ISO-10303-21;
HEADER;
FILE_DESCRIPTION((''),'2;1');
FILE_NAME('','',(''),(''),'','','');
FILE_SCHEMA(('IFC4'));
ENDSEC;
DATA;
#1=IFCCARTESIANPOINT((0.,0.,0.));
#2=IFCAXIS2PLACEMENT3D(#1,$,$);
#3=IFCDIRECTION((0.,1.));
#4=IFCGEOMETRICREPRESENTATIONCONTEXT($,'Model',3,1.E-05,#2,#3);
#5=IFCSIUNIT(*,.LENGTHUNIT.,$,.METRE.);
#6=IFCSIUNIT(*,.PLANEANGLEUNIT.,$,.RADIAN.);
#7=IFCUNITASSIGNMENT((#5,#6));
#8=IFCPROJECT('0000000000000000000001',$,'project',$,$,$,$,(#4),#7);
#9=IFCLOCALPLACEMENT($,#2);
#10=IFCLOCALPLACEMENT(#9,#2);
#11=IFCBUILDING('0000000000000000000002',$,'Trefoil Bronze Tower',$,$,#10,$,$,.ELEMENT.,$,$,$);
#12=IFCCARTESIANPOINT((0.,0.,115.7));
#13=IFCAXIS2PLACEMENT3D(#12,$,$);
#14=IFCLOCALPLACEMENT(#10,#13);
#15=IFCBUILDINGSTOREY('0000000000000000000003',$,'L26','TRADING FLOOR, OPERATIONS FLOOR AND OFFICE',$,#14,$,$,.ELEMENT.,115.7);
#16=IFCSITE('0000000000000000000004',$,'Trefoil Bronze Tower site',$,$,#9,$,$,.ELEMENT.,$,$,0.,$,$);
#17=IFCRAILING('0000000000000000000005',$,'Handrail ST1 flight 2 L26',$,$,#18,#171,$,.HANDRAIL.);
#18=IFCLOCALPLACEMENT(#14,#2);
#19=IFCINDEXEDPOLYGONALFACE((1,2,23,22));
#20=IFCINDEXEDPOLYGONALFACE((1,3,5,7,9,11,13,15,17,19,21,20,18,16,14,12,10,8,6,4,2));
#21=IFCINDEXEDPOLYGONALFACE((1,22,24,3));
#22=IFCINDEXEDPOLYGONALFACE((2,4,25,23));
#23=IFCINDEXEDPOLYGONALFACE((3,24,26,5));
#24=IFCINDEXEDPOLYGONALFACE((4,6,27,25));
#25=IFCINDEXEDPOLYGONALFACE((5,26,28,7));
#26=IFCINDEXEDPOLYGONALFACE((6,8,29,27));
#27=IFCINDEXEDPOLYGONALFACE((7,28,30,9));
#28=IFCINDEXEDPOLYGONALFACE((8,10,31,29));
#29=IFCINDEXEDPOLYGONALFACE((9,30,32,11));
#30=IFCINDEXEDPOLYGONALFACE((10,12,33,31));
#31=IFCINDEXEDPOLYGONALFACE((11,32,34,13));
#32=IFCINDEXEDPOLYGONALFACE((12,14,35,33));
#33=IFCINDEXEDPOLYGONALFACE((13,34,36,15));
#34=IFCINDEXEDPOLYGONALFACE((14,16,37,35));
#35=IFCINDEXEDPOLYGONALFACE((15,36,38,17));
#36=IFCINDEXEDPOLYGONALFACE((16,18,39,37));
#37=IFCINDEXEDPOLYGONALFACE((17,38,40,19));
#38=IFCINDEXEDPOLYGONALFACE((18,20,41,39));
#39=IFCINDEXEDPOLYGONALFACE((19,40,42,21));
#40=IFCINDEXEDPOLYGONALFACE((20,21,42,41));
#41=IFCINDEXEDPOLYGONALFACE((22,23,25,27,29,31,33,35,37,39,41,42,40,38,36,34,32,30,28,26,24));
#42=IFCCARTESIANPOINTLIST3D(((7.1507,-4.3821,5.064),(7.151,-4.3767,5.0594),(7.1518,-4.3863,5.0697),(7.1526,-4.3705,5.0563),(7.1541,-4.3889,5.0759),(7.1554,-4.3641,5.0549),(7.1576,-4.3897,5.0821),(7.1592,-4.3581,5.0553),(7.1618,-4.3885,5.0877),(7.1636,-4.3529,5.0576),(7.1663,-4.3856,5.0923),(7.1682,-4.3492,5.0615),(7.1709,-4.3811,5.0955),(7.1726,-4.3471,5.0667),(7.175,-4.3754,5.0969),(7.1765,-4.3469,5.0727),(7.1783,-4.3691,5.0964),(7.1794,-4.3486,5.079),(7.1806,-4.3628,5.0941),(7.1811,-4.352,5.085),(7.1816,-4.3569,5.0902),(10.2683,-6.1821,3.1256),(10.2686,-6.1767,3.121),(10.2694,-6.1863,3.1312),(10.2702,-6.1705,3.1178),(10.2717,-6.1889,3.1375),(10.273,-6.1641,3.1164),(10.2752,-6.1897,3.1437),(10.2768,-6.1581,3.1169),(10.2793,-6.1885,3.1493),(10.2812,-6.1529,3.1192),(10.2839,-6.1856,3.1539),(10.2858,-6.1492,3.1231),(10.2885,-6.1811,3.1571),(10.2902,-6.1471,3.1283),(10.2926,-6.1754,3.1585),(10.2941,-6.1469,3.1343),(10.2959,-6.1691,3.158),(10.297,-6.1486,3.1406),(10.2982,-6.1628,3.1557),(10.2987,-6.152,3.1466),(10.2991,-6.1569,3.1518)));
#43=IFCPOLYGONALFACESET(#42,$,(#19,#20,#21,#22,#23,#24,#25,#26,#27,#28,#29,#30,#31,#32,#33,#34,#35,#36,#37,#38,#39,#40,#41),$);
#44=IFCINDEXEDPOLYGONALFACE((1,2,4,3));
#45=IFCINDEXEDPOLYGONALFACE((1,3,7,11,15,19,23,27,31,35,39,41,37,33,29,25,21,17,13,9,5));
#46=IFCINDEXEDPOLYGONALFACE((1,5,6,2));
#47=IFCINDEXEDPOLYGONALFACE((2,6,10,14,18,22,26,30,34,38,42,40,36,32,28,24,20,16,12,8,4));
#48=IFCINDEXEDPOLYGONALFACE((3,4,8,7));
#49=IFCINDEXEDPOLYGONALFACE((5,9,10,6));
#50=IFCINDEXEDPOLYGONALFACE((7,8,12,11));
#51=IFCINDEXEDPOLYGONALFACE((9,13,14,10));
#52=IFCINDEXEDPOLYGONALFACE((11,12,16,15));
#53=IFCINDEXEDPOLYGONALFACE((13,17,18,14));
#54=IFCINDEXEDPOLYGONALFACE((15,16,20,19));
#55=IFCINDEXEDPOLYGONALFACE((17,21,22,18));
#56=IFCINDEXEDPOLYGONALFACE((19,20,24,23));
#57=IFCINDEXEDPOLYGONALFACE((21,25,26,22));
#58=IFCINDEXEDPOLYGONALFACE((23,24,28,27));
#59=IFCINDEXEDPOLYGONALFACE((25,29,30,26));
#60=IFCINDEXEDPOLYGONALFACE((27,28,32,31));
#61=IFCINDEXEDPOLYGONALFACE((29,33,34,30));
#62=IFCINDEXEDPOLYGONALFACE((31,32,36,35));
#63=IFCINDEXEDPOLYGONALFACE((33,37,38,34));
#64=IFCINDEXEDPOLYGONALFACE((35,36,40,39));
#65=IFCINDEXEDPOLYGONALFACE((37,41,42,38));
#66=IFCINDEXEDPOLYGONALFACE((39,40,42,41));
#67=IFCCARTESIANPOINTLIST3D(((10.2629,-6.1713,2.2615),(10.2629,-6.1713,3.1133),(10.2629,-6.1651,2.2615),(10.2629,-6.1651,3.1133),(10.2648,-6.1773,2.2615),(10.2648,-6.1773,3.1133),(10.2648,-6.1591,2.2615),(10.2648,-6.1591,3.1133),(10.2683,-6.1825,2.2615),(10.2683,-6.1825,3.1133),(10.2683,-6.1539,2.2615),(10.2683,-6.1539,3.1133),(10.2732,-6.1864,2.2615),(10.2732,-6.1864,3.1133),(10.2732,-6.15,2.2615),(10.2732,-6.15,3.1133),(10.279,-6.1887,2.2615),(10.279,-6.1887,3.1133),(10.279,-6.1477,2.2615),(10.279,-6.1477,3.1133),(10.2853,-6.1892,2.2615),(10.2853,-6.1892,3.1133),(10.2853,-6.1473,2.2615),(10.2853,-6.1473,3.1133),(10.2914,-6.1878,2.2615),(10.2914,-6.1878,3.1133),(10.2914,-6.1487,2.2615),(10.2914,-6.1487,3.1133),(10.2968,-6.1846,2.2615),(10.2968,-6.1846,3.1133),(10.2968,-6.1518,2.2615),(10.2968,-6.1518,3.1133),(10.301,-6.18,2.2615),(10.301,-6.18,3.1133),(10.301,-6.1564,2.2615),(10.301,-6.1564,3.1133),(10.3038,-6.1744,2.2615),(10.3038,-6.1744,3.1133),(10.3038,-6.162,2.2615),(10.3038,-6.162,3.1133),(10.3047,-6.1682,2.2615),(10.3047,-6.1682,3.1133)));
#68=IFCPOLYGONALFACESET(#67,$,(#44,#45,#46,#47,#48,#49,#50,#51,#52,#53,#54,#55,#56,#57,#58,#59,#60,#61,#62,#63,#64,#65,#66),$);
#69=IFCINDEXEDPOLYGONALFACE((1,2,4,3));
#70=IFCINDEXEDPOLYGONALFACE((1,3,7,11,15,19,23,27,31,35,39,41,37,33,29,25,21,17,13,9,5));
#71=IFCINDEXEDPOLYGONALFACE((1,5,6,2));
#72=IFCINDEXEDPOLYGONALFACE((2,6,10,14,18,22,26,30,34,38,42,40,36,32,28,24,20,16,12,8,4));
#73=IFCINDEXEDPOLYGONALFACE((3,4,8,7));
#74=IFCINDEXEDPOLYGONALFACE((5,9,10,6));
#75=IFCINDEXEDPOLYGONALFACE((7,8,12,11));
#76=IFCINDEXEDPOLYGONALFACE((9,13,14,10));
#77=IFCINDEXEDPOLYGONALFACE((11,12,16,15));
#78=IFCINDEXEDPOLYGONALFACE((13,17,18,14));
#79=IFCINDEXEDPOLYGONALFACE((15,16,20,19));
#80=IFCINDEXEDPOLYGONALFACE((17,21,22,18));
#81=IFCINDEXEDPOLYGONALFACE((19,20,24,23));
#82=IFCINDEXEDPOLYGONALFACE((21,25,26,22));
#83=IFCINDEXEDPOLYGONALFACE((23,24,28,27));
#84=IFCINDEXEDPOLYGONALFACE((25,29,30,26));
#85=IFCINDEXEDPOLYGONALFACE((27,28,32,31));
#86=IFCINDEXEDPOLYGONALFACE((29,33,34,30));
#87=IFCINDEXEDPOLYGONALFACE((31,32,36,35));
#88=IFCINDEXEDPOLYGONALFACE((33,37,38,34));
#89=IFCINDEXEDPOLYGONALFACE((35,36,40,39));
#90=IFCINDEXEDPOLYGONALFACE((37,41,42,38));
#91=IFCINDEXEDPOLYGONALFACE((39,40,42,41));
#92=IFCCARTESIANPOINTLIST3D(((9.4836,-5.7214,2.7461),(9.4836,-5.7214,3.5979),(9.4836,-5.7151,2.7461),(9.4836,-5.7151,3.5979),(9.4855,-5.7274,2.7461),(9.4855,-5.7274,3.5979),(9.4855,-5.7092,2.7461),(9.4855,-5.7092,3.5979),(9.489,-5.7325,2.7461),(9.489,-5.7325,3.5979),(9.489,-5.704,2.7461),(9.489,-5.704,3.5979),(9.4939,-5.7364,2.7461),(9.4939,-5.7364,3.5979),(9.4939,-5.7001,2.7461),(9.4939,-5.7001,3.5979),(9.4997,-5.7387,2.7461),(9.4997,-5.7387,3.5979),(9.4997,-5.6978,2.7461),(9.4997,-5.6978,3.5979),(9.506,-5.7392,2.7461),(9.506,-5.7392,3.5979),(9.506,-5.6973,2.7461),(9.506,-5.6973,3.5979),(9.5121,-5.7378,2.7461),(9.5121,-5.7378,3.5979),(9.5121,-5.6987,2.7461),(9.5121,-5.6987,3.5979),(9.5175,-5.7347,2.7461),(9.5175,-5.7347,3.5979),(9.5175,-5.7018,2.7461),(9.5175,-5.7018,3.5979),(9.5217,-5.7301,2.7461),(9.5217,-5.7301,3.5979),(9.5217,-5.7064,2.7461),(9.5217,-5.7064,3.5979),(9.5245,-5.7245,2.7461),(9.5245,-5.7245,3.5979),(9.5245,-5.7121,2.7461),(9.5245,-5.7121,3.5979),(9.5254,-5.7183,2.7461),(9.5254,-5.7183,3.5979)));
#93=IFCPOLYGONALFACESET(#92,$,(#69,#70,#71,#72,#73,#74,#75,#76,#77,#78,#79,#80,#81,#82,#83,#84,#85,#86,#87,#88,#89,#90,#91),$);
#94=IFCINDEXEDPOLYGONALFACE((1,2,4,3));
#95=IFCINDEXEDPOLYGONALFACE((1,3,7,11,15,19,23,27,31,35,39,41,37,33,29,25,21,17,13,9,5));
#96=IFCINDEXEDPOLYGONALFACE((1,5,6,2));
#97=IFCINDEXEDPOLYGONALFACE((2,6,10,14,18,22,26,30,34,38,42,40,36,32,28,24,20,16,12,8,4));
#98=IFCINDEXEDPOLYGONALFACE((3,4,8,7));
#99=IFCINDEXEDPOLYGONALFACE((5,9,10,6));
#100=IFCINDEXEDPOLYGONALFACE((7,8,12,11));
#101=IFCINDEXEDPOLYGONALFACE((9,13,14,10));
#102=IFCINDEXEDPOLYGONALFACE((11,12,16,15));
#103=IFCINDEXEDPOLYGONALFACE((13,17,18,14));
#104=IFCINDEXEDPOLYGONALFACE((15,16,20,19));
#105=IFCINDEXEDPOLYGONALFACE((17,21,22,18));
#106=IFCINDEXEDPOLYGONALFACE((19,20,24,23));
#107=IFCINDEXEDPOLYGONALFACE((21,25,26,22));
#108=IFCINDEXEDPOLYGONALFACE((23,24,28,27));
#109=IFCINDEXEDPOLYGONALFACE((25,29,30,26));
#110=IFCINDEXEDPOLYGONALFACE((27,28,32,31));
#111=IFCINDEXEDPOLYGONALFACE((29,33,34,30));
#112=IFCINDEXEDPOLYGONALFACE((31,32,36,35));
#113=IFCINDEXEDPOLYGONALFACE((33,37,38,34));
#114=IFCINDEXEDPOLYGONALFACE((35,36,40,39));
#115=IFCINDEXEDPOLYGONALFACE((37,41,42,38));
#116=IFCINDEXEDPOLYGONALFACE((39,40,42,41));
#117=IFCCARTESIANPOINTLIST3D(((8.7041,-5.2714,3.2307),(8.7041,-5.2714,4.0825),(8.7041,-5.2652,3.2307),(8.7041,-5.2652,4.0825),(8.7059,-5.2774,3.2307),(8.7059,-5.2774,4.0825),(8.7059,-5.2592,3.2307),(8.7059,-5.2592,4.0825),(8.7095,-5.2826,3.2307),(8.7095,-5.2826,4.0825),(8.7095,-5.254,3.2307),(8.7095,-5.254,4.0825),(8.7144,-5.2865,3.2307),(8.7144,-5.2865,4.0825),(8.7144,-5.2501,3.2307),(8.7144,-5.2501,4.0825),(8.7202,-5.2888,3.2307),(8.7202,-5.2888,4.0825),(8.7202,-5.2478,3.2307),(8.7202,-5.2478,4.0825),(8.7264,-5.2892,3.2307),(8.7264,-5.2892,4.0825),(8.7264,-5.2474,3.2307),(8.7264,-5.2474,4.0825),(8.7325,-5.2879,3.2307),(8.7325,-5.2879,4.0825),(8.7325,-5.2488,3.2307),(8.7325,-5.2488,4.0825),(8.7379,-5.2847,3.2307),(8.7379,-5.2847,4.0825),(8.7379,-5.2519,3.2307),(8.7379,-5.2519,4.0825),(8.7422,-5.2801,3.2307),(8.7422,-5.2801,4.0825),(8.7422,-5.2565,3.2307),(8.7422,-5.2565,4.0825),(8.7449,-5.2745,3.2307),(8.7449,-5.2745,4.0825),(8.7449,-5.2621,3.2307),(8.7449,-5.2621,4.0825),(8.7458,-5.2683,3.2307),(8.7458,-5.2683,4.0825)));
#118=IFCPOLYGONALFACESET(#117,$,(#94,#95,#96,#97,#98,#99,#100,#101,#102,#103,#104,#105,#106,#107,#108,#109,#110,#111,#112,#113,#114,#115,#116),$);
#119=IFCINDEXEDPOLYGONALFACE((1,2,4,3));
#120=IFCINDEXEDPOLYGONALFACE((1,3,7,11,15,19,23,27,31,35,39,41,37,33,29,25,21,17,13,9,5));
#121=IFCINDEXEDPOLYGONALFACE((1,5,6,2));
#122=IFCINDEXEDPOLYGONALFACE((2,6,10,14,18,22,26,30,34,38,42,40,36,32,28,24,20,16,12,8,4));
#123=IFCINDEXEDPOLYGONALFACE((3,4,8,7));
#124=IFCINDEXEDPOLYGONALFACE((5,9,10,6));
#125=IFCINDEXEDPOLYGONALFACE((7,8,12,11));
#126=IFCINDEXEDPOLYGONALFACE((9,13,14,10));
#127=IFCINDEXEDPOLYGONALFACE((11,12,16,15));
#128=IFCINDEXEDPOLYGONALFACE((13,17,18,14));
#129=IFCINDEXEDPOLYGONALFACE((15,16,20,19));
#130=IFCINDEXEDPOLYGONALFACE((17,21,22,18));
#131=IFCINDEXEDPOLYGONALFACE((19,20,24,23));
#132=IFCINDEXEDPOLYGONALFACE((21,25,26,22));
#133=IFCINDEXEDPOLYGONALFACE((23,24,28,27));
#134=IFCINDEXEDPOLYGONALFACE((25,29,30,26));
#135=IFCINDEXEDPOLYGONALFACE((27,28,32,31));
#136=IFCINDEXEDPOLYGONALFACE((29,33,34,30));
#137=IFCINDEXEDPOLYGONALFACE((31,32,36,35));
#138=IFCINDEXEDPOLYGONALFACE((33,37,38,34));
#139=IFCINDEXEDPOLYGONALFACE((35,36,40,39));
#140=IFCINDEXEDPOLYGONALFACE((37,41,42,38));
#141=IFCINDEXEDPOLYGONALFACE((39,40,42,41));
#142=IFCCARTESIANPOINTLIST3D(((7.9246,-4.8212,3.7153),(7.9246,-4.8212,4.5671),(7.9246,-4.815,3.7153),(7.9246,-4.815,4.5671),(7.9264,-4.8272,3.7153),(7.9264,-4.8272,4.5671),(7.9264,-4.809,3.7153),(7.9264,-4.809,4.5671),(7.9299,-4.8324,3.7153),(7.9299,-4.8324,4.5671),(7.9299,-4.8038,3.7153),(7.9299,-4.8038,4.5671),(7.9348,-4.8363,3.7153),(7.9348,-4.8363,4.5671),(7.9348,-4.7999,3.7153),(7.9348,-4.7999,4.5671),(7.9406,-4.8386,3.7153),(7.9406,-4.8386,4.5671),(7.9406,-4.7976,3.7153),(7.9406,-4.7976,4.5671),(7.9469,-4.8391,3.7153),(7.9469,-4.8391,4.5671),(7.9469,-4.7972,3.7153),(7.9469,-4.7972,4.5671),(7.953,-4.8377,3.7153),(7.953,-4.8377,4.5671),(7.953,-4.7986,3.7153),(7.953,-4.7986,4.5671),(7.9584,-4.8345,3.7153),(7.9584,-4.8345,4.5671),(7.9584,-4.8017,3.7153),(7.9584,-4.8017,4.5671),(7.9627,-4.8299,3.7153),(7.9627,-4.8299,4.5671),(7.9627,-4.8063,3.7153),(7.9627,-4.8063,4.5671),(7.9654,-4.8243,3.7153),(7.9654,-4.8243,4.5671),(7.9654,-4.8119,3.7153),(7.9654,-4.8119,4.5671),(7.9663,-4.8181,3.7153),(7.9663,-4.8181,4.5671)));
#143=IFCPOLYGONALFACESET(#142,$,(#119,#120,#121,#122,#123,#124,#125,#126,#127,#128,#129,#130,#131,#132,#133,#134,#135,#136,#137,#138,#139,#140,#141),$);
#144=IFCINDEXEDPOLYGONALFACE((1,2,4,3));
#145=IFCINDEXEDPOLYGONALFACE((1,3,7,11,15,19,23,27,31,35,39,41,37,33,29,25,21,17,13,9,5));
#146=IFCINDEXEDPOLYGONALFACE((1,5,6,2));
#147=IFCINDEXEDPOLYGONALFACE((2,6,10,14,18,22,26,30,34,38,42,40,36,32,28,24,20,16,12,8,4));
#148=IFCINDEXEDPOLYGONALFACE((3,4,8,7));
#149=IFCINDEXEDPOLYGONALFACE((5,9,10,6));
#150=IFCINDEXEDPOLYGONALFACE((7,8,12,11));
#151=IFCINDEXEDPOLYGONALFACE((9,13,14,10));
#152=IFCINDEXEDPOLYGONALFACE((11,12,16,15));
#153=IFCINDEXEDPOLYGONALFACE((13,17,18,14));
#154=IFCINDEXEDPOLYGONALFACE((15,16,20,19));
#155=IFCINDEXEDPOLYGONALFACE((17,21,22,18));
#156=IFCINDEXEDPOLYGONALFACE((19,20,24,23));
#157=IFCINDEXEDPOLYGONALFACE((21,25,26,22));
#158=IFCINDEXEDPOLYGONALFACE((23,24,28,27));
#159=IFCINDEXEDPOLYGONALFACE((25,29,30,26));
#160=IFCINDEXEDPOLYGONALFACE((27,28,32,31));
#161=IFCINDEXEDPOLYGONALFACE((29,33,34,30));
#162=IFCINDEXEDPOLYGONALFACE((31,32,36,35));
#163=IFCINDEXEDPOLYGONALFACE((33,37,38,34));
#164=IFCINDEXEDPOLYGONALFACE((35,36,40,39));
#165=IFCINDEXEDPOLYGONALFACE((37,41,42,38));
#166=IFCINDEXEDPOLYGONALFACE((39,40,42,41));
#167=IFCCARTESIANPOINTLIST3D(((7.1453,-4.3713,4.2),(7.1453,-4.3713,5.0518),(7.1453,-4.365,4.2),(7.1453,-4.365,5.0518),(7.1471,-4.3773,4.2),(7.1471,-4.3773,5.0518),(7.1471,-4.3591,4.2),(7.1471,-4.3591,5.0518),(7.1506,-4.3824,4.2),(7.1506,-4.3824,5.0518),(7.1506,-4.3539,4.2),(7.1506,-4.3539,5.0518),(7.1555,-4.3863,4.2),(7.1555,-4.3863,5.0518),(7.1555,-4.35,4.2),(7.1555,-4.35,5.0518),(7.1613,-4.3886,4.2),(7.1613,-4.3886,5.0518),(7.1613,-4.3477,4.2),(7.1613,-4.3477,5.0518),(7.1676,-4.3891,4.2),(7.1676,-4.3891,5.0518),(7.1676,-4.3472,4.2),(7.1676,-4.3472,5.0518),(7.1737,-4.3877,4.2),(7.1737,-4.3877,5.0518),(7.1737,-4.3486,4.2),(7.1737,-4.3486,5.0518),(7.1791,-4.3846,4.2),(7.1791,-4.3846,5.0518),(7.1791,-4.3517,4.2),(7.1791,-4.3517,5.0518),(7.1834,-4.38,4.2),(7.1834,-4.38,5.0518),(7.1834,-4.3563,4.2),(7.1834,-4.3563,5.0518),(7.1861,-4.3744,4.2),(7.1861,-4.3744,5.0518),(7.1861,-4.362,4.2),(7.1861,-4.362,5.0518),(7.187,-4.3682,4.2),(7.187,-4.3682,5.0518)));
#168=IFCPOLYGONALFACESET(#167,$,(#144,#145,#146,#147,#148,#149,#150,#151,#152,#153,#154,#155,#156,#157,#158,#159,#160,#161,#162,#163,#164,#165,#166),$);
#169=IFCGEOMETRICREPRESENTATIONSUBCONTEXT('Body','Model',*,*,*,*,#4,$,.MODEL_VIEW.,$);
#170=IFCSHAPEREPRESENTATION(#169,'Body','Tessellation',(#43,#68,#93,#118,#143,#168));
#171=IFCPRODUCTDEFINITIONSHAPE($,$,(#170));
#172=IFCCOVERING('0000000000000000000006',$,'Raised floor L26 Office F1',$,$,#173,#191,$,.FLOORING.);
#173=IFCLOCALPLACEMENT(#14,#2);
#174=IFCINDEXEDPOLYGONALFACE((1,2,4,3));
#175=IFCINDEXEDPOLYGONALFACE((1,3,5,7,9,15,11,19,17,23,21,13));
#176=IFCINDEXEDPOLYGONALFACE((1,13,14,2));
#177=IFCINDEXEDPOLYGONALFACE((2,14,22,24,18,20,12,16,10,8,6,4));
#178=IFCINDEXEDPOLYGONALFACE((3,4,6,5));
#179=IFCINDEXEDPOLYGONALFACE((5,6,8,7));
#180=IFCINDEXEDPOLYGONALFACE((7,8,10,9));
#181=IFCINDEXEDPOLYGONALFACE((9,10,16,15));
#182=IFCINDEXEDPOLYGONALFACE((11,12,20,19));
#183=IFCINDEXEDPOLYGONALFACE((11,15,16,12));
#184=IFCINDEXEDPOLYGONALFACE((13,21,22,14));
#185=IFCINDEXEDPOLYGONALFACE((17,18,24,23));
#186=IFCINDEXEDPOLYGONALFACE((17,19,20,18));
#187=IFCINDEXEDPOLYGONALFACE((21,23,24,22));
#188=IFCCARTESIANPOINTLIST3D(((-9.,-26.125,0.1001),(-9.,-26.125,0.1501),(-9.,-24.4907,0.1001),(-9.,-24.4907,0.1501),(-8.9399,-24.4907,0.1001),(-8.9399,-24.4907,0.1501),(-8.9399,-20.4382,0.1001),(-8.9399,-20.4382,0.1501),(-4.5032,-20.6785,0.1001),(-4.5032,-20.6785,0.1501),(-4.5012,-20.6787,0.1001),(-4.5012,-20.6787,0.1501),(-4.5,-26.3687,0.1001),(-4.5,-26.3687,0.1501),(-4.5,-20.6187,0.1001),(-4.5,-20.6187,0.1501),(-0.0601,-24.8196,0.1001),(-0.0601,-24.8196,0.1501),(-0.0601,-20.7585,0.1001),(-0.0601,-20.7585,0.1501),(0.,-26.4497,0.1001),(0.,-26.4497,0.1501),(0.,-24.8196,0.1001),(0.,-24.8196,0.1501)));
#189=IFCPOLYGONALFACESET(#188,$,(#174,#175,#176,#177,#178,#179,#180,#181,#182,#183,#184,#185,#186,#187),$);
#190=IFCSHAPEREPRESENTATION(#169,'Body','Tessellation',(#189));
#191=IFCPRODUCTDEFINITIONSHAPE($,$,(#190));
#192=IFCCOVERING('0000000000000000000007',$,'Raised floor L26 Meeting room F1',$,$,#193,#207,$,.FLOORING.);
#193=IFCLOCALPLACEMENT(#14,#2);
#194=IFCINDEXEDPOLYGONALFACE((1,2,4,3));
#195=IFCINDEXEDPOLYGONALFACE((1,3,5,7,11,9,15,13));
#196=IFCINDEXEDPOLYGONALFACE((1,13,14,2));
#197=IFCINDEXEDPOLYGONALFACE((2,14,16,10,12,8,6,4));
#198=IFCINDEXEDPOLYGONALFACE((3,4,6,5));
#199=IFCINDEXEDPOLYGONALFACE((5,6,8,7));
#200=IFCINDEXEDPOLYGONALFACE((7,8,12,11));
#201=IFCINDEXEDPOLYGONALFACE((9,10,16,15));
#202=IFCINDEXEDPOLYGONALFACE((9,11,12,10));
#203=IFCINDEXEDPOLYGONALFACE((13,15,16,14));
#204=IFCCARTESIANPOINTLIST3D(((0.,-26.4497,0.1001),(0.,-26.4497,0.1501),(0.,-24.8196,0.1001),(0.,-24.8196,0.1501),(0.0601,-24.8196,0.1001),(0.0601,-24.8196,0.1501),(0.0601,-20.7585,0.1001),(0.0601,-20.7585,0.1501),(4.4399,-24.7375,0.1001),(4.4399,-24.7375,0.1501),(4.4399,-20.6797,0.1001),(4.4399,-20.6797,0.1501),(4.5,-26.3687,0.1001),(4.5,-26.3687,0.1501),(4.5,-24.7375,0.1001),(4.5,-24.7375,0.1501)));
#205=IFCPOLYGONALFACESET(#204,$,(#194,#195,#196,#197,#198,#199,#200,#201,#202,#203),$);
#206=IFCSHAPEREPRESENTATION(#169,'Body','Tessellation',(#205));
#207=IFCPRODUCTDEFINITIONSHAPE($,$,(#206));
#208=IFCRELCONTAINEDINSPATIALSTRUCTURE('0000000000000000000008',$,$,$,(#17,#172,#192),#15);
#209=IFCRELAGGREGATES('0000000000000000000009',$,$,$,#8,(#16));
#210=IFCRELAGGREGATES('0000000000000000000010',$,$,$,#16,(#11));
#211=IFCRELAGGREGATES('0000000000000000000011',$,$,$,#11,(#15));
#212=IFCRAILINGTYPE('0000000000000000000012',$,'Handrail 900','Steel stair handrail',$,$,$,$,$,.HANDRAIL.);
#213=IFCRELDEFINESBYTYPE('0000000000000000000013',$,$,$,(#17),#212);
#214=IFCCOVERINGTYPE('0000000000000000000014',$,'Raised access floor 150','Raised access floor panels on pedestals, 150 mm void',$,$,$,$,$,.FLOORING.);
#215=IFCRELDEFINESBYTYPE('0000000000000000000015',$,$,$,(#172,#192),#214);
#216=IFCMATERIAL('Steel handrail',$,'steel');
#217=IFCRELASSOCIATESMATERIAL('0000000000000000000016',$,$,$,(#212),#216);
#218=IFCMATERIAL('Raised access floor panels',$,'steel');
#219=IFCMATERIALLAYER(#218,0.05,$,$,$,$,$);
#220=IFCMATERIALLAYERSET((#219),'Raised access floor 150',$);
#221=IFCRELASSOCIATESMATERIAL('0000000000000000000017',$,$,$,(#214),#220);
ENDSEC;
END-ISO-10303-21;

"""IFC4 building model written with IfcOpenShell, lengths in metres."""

from ifc_helpers import new_model, si_unit, direction, frame, origin, origin_2d, place, context, subcontext, project, spatial, polyline, circle, outline, extrude, material, layer, layer_set, type_object, element, save


model = new_model("IFC4")

# Units and contexts
model_context = context("Model", 3, precision=1e-05, world=origin(), true_north=direction((0.0, 1.0)))
body_context = subcontext(model_context, "Body", "Model", "MODEL_VIEW")
ifc_project = project(units=[si_unit("LENGTHUNIT", "METRE"), si_unit("PLANEANGLEUNIT", "RADIAN")], contexts=[model_context])

# Site, building, storey
site_placement = place(None, origin())
site = spatial("IfcSite", under=ifc_project, at=site_placement, Name="Trefoil Bronze Tower site", CompositionType="ELEMENT", RefElevation=0.0)
building_placement = place(site_placement, origin())
building = spatial("IfcBuilding", under=site, at=building_placement, Name="Trefoil Bronze Tower", CompositionType="ELEMENT")
storey_placement = place(building_placement, frame((0.0, 0.0, 115.7)))
storey = spatial("IfcBuildingStorey", under=building, at=storey_placement, Name="L26", Description="TRADING FLOOR, OPERATIONS FLOOR AND OFFICE", CompositionType="ELEMENT", Elevation=115.7)

# Railing
ifc_material_1 = material(Name="Steel handrail", Category="steel")
railing_type = type_object("IfcRailingType", Name="Handrail 900", Description="Steel stair handrail", PredefinedType="HANDRAIL", material=ifc_material_1)
railing_1_placement = place(storey_placement, frame((10.2837, -6.1682, 2.2615)))
element("IfcRailing", 1, at=railing_1_placement, inside=storey, type_object=railing_type, Name="Handrail ST1 flight 2 L26", PredefinedType="HANDRAIL", context=body_context, shape_type="SweptSolid", body=[
    extrude(circle(Radius=0.0239, at=origin_2d()), frame((0.0, 0.0, 0.876), z_axis=(-0.762503, 0.440246, 0.474102), x_axis=(-0.500012, -0.866018, 0.0)), (0.0, 0.0, 1.0), 4.0886),
    extrude(circle(Radius=0.021, at=origin_2d()), origin(), (0.0, 0.0, 1.0), 0.8518),
    extrude(circle(Radius=0.021, at=origin_2d()), frame((-0.7793, 0.45, 0.4846)), (0.0, 0.0, 1.0), 0.8518),
    extrude(circle(Radius=0.021, at=origin_2d()), frame((-1.5588, 0.8999, 0.9692)), (0.0, 0.0, 1.0), 0.8518),
    extrude(circle(Radius=0.021, at=origin_2d()), frame((-2.3384, 1.3501, 1.4539)), (0.0, 0.0, 1.0), 0.8518),
    extrude(circle(Radius=0.021, at=origin_2d()), frame((-3.1177, 1.8, 1.9385)), (0.0, 0.0, 1.0), 0.8518),
])

# Coverings
ifc_material_2 = material(Name="Raised access floor panels", Category="steel")
ifc_layer_1 = layer(ifc_material_2, 0.05)
ifc_layer_set_1 = layer_set([ifc_layer_1], Name="Raised access floor 150")
covering_type_1 = type_object("IfcCoveringType", Name="Raised access floor 150", Description="Raised access floor panels on pedestals, 150 mm void", PredefinedType="FLOORING", material=ifc_layer_set_1)
covering_1_placement = place(storey_placement, frame((0.0, 0.0, 0.1001)))
element("IfcCovering", 2, at=covering_1_placement, inside=storey, type_object=covering_type_1, Name="Raised floor L26 Office F1", PredefinedType="FLOORING", context=body_context, shape_type="SweptSolid", body=[
    extrude(outline(polyline([(-4.5, -26.3687), (-9.0, -26.125), (-9.0, -24.4907), (-8.9399, -24.4907), (-8.9399, -20.4382), (-4.5032, -20.6785), (-4.5, -20.6187), (-4.5012, -20.6787), (-0.0601, -20.7585), (-0.0601, -24.8196), (0.0, -24.8196), (0.0, -26.4497), (-4.5, -26.3687)])), origin(), (0.0, 0.0, 1.0), 0.05),
])
covering_2_placement = place(storey_placement, frame((0.0, 0.0, 0.1001)))
element("IfcCovering", 3, at=covering_2_placement, inside=storey, type_object=covering_type_1, Name="Raised floor L26 Meeting room F1", PredefinedType="FLOORING", context=body_context, shape_type="SweptSolid", body=[
    extrude(outline(polyline([(4.5, -26.3687), (0.0, -26.4497), (0.0, -24.8196), (0.0601, -24.8196), (0.0601, -20.7585), (4.4399, -20.6797), (4.4399, -24.7375), (4.5, -24.7375), (4.5, -26.3687)])), origin(), (0.0, 0.0, 1.0), 0.05),
])

save(model, "model.ifc")
